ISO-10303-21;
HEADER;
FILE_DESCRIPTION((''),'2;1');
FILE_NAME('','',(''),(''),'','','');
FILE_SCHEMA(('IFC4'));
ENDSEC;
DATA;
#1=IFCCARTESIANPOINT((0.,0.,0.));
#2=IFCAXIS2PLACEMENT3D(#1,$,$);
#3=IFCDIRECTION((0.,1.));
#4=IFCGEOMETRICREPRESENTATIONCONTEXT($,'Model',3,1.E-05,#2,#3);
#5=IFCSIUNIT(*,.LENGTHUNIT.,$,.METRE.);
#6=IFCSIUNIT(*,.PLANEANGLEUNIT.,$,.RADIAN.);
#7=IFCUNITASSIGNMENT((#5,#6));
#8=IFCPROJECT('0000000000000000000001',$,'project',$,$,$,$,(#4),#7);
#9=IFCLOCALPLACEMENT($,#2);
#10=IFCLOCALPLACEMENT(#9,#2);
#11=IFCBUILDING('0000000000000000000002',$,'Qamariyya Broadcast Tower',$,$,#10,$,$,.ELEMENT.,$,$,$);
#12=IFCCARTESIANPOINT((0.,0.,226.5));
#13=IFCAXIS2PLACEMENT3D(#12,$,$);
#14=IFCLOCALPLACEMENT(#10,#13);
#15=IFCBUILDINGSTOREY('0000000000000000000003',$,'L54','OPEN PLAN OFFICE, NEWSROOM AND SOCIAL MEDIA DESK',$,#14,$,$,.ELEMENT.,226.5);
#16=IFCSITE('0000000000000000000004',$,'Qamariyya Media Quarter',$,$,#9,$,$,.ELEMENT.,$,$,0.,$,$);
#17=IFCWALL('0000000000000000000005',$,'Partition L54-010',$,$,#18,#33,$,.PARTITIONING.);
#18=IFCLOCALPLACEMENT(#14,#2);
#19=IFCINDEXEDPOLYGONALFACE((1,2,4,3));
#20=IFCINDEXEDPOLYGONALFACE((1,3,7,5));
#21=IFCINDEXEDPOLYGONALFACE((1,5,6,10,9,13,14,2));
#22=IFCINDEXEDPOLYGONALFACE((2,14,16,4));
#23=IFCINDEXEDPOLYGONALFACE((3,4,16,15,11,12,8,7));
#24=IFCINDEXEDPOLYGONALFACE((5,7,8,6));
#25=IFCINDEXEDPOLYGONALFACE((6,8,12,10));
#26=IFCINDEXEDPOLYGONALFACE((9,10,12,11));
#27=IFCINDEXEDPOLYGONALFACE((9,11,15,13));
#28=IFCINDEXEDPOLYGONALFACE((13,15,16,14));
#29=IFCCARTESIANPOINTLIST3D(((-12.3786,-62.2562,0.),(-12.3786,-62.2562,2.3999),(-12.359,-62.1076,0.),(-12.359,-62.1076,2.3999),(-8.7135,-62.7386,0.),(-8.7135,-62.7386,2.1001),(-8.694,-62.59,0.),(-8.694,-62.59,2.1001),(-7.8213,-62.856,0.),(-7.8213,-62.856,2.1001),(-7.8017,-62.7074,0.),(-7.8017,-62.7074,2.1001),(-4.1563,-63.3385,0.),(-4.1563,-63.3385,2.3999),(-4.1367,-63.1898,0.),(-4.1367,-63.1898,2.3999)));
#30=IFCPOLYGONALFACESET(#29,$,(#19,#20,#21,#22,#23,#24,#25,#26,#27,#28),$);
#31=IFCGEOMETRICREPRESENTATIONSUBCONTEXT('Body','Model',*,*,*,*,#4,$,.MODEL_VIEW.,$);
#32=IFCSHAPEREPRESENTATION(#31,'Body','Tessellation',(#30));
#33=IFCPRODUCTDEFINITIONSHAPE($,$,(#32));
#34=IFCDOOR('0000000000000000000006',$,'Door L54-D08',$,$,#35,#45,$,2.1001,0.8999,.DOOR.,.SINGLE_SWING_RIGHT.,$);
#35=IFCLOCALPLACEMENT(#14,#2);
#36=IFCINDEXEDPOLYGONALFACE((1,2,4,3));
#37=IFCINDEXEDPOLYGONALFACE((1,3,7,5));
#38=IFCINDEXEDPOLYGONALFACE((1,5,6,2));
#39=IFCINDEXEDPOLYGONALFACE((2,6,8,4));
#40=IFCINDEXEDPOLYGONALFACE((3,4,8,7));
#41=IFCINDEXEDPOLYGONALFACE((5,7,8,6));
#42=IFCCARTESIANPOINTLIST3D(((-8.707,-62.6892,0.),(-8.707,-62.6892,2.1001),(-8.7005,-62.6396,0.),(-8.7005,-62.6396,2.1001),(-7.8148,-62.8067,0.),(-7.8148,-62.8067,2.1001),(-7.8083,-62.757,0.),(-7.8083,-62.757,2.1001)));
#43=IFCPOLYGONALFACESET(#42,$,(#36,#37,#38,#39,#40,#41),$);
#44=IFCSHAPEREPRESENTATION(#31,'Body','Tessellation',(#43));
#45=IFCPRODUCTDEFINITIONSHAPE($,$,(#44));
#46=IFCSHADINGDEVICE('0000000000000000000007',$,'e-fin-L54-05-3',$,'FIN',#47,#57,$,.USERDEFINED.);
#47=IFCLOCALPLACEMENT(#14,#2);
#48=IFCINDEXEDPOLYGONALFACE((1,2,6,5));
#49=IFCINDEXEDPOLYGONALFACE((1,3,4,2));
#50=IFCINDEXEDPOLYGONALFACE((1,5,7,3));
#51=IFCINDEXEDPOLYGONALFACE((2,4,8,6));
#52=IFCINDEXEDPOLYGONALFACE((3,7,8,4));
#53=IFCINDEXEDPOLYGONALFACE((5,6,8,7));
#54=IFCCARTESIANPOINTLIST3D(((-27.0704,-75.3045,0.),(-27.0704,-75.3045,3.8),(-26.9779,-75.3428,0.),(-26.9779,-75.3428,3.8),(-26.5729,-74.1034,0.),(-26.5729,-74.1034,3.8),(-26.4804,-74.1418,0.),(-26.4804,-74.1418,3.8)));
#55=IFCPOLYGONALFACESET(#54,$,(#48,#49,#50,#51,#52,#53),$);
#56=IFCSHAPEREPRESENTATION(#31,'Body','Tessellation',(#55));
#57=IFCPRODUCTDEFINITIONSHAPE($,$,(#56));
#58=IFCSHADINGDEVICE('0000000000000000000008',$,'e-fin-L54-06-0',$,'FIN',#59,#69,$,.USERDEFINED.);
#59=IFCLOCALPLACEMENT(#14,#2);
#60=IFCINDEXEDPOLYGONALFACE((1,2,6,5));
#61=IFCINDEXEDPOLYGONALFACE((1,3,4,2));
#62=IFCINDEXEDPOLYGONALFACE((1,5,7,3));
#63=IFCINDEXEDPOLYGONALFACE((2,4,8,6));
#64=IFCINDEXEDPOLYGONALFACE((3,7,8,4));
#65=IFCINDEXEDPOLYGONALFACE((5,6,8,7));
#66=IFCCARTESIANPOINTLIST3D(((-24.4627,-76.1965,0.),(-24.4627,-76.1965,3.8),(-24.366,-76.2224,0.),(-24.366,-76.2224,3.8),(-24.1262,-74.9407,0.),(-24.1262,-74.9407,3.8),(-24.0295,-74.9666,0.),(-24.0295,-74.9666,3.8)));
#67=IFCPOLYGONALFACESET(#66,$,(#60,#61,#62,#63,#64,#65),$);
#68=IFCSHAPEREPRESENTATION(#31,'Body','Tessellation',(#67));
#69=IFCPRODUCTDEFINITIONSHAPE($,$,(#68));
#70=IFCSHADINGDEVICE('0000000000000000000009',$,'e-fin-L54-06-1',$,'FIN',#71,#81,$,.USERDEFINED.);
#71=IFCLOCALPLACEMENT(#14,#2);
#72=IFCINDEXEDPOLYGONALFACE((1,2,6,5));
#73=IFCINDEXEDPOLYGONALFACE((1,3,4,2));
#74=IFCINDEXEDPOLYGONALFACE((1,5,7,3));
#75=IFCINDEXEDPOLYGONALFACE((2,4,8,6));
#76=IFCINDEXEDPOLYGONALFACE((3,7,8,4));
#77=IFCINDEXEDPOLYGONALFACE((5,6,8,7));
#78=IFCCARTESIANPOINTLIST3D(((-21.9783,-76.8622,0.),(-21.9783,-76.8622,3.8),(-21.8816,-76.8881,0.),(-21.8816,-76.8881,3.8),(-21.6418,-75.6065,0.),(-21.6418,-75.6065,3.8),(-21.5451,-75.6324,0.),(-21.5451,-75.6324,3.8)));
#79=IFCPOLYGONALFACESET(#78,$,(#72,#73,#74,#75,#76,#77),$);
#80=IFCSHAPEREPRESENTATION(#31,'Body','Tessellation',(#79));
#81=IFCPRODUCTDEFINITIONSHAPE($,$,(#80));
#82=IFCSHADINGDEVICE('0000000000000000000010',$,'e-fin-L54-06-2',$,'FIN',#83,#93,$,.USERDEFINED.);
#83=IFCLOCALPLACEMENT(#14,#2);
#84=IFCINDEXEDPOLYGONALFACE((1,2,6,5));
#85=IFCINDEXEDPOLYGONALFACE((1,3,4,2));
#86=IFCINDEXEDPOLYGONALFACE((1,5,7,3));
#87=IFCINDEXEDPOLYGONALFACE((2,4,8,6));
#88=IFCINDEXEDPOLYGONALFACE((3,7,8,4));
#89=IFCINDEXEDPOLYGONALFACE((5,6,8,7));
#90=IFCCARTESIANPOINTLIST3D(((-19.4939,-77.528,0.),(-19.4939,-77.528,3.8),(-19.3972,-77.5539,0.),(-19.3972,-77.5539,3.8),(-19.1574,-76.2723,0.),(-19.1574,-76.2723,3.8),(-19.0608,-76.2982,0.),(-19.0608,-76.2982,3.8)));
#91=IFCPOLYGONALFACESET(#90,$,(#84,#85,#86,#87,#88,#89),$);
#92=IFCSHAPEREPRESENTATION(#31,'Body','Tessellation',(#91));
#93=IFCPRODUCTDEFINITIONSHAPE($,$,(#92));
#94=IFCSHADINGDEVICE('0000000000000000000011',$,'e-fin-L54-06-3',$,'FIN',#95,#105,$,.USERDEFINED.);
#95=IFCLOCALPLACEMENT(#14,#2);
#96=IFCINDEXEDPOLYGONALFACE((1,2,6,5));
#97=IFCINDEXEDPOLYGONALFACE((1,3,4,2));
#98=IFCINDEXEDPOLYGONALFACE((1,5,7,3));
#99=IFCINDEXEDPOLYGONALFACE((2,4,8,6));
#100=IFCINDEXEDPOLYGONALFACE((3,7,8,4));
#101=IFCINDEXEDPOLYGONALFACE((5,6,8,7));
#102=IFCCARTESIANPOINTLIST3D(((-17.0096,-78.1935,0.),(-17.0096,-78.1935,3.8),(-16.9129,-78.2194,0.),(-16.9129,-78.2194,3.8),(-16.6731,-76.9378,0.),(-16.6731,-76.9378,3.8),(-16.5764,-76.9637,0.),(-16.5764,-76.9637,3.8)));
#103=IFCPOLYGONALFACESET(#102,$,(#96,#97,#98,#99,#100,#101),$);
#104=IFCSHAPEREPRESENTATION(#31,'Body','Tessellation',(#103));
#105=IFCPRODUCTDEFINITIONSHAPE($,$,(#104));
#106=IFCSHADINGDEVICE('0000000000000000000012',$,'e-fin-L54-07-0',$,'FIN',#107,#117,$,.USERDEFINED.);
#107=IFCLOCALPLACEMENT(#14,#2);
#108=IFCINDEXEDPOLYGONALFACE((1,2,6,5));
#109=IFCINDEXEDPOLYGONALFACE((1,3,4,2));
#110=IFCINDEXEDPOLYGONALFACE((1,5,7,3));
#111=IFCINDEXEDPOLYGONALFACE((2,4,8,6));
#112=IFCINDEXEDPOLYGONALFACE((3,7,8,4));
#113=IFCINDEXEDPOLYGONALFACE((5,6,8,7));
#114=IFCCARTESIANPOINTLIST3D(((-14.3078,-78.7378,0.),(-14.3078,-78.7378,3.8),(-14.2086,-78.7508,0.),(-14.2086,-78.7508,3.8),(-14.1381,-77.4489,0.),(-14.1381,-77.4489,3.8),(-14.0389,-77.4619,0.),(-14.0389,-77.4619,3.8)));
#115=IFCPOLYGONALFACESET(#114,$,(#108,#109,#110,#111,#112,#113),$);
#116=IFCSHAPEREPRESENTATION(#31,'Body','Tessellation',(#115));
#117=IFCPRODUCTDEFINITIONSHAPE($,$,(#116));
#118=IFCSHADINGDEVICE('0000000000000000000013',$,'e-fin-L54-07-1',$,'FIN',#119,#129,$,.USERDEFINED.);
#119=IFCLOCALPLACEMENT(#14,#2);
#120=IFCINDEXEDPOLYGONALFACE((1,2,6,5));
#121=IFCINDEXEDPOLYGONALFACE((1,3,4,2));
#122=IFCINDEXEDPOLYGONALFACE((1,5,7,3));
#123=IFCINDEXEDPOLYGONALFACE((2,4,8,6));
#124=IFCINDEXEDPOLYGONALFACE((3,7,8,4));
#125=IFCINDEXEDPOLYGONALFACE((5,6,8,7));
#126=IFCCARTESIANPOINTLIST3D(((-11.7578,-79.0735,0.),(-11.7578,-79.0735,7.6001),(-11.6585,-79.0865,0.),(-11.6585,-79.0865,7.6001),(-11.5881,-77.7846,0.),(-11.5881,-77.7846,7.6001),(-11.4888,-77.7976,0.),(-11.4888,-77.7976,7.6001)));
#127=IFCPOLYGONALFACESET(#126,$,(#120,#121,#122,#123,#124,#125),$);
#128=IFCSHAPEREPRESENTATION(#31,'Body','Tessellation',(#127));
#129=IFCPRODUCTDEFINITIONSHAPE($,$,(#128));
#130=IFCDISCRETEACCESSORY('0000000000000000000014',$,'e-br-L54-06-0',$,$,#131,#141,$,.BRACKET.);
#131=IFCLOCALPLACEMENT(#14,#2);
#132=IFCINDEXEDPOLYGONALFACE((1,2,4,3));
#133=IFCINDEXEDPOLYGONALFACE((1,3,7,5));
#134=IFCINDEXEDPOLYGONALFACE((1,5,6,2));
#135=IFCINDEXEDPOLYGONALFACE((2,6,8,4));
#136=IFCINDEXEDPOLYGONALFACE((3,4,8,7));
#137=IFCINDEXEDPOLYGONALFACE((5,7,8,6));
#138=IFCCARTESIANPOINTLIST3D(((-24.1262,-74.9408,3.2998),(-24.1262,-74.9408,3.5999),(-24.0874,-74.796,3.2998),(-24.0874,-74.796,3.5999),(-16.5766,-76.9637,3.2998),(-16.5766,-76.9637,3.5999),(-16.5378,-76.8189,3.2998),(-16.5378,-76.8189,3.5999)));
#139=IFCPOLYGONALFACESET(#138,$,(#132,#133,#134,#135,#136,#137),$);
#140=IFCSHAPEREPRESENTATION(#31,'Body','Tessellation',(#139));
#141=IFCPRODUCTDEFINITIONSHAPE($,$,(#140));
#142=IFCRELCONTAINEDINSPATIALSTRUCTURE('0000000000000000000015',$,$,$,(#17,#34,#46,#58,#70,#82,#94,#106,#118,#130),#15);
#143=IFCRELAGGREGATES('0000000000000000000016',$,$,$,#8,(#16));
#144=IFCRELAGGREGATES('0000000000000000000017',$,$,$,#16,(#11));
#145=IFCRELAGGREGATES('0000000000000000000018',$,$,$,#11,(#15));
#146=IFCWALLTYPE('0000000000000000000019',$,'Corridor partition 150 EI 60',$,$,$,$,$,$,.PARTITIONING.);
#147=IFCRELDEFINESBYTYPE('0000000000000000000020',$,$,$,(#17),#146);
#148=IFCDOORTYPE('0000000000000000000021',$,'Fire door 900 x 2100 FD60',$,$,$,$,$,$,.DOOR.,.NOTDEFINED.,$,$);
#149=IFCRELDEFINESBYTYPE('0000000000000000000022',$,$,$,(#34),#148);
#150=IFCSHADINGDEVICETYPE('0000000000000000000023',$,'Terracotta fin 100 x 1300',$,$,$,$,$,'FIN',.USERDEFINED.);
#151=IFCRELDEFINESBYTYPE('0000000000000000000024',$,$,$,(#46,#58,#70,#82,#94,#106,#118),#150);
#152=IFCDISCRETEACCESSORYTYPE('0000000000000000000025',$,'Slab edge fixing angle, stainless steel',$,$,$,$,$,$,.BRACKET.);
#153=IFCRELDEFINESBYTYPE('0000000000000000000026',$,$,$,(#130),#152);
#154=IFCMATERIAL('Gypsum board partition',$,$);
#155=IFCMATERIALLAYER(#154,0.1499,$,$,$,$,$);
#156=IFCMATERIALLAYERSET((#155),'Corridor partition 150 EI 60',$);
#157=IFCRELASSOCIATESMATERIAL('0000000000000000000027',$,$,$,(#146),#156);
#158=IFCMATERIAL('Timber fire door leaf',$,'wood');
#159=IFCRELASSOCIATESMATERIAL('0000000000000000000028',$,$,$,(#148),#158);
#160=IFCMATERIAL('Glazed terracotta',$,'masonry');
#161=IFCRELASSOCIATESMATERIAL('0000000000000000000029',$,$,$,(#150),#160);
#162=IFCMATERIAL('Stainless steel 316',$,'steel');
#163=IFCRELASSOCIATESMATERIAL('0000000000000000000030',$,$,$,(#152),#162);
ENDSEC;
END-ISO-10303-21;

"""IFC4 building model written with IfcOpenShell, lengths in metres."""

from ifc_helpers import new_model, si_unit, direction, frame, frame_2d, origin, origin_2d, place, context, subcontext, project, spatial, rectangle, extrude, material, layer, layer_set, material_profile, profile_set, type_object, element, fill, save


model = new_model("IFC4")

# Units and contexts
model_context = context("Model", 3, precision=1e-05, world=origin(), true_north=direction((0.0, 1.0)))
body_context = subcontext(model_context, "Body", "Model", "MODEL_VIEW")
ifc_project = project(units=[si_unit("LENGTHUNIT", "METRE"), si_unit("PLANEANGLEUNIT", "RADIAN")], contexts=[model_context])

# Site, building, storey
site_placement = place(None, origin())
site = spatial("IfcSite", under=ifc_project, at=site_placement, Name="Qamariyya Media Quarter", CompositionType="ELEMENT", RefElevation=0.0)
building_placement = place(site_placement, origin())
building = spatial("IfcBuilding", under=site, at=building_placement, Name="Qamariyya Broadcast Tower", CompositionType="ELEMENT")
storey_placement = place(building_placement, frame((0.0, 0.0, 226.5)))
storey = spatial("IfcBuildingStorey", under=building, at=storey_placement, Name="L54", Description="OPEN PLAN OFFICE, NEWSROOM AND SOCIAL MEDIA DESK", CompositionType="ELEMENT", Elevation=226.5)

# Shared definitions
ifc_material_1 = material(Name="Gypsum board partition")
ifc_layer = layer(ifc_material_1, 0.1499)
ifc_layer_set = layer_set([ifc_layer], Name="Corridor partition 150 EI 60")
wall_type = type_object("IfcWallType", Name="Corridor partition 150 EI 60", PredefinedType="PARTITIONING", material=ifc_layer_set)
ifc_material_2 = material(Name="Timber fire door leaf", Category="wood")

# Wall, opening, door
door_type_1 = type_object("IfcDoorType", Name="Fire door 900 x 2100 FD60", OperationType="NOTDEFINED", PredefinedType="DOOR", material=ifc_material_2)
wall_1_placement = place(storey_placement, frame((-12.3687, -62.1819, 0.0), z_axis=(0.0, 0.0, 1.0), x_axis=(0.991448, -0.130503, 0.0)))
wall_1 = element("IfcWall", 1, at=wall_1_placement, inside=storey, type_object=wall_type, Name="Partition L54-010", PredefinedType="PARTITIONING", context=body_context, shape_type="SweptSolid", body=[
    extrude(rectangle(XDim=8.2932, YDim=0.1499, at=frame_2d((4.1465, 0.0))), origin(), (0.0, 0.0, 1.0), 2.3999),
])
opening_1_placement = place(wall_1_placement, frame((3.6965, 0.0, 0.0)))
opening_1 = element("IfcOpeningElement", 2, at=opening_1_placement, cuts=wall_1, PredefinedType="OPENING", context=body_context, shape_type="SweptSolid", body=[
    extrude(rectangle(XDim=0.8999, YDim=2.1001, at=frame_2d((0.45, 1.05))), frame((0.0, 0.085, 0.0), z_axis=(0.0, -1.0, 0.0), x_axis=(1.0, 0.0, 0.0)), (0.0, 0.0, 1.0), 0.1699),
])
door_1_placement = place(opening_1_placement, origin())
door_1 = element("IfcDoor", 3, at=door_1_placement, inside=storey, type_object=door_type_1, Name="Door L54-D08", OperationType="SINGLE_SWING_RIGHT", OverallHeight=2.1001, OverallWidth=0.8999, PredefinedType="DOOR", context=body_context, shape_type="SweptSolid", body=[
    extrude(rectangle(XDim=0.8999, YDim=2.1001, at=frame_2d((0.45, 1.05))), frame((0.0, 0.0249, 0.0), z_axis=(0.0, -1.0, 0.0), x_axis=(1.0, 0.0, 0.0)), (0.0, 0.0, 1.0), 0.05),
])
fill(opening_1, door_1)

# Shading devices
ifc_material_3 = material(Name="Glazed terracotta", Category="masonry")
ifc_material_profile_1 = material_profile(ifc_material_3, rectangle(XDim=1.3, YDim=0.1001, at=origin_2d()))
ifc_profile_set_1 = profile_set([ifc_material_profile_1], Name="Glazed terracotta")
shading_device_type_1 = type_object("IfcShadingDeviceType", Name="Terracotta fin 100 x 1300", ElementType="FIN", PredefinedType="USERDEFINED", material=ifc_profile_set_1)
for number, where, z_axis, x_axis, name in (
    (4, (-26.7754, -74.7231, 0.0), (0.0, 0.0, 1.0), (-0.382683, -0.92388, 0.0), "e-fin-L54-05-3"),
    (5, (-24.2461, -75.5815, 0.0), (0.0, 0.0, 1.0), (-0.258819, -0.965926, 0.0), "e-fin-L54-06-0"),
    (6, (-21.7617, -76.2473, 0.0), (0.0, 0.0, 1.0), (-0.258819, -0.965926, 0.0), "e-fin-L54-06-1"),
    (7, (-19.2773, -76.9131, 0.0), (0.0, 0.0, 1.0), (-0.258819, -0.965926, 0.0), "e-fin-L54-06-2"),
    (8, (-16.793, -77.5786, 0.0), (0.0, 0.0, 1.0), (-0.258819, -0.965926, 0.0), "e-fin-L54-06-3"),
    (9, (-14.1733, -78.0999, 0.0), (0.0, 0.0, 1.0), (-0.130526, -0.991445, 0.0), "e-fin-L54-07-0"),
):
    element("IfcShadingDevice", number, at=place(storey_placement, frame(where, z_axis=z_axis, x_axis=x_axis)), inside=storey, type_object=shading_device_type_1, Name=name, ObjectType="FIN", PredefinedType="USERDEFINED", context=body_context, shape_type="SweptSolid", body=[
        extrude(rectangle(XDim=1.3, YDim=0.1001, at=origin_2d()), origin(), (0.0, 0.0, 1.0), 3.8),
    ])
shading_device_1_placement = place(storey_placement, frame((-11.6233, -78.4355, 0.0), z_axis=(0.0, 0.0, 1.0), x_axis=(-0.130526, -0.991445, 0.0)))
element("IfcShadingDevice", 10, at=shading_device_1_placement, inside=storey, type_object=shading_device_type_1, Name="e-fin-L54-07-1", ObjectType="FIN", PredefinedType="USERDEFINED", context=body_context, shape_type="SweptSolid", body=[
    extrude(rectangle(XDim=1.3, YDim=0.1001, at=origin_2d()), origin(), (0.0, 0.0, 1.0), 7.6001),
])

# Discrete accessory
ifc_material_4 = material(Name="Stainless steel 316", Category="steel")
discrete_accessory_type = type_object("IfcDiscreteAccessoryType", Name="Slab edge fixing angle, stainless steel", PredefinedType="BRACKET", material=ifc_material_4)
discrete_accessory_placement = place(storey_placement, frame((-20.332, -75.8799, 3.2998), z_axis=(0.0, 0.0, 1.0), x_axis=(0.965926, -0.258819, 0.0)))
element("IfcDiscreteAccessory", 11, at=discrete_accessory_placement, inside=storey, type_object=discrete_accessory_type, Name="e-br-L54-06-0", PredefinedType="BRACKET", context=body_context, shape_type="SweptSolid", body=[
    extrude(rectangle(XDim=7.8159, YDim=0.1499, at=origin_2d()), origin(), (0.0, 0.0, 1.0), 0.3),
])

save(model, "model.ifc")
